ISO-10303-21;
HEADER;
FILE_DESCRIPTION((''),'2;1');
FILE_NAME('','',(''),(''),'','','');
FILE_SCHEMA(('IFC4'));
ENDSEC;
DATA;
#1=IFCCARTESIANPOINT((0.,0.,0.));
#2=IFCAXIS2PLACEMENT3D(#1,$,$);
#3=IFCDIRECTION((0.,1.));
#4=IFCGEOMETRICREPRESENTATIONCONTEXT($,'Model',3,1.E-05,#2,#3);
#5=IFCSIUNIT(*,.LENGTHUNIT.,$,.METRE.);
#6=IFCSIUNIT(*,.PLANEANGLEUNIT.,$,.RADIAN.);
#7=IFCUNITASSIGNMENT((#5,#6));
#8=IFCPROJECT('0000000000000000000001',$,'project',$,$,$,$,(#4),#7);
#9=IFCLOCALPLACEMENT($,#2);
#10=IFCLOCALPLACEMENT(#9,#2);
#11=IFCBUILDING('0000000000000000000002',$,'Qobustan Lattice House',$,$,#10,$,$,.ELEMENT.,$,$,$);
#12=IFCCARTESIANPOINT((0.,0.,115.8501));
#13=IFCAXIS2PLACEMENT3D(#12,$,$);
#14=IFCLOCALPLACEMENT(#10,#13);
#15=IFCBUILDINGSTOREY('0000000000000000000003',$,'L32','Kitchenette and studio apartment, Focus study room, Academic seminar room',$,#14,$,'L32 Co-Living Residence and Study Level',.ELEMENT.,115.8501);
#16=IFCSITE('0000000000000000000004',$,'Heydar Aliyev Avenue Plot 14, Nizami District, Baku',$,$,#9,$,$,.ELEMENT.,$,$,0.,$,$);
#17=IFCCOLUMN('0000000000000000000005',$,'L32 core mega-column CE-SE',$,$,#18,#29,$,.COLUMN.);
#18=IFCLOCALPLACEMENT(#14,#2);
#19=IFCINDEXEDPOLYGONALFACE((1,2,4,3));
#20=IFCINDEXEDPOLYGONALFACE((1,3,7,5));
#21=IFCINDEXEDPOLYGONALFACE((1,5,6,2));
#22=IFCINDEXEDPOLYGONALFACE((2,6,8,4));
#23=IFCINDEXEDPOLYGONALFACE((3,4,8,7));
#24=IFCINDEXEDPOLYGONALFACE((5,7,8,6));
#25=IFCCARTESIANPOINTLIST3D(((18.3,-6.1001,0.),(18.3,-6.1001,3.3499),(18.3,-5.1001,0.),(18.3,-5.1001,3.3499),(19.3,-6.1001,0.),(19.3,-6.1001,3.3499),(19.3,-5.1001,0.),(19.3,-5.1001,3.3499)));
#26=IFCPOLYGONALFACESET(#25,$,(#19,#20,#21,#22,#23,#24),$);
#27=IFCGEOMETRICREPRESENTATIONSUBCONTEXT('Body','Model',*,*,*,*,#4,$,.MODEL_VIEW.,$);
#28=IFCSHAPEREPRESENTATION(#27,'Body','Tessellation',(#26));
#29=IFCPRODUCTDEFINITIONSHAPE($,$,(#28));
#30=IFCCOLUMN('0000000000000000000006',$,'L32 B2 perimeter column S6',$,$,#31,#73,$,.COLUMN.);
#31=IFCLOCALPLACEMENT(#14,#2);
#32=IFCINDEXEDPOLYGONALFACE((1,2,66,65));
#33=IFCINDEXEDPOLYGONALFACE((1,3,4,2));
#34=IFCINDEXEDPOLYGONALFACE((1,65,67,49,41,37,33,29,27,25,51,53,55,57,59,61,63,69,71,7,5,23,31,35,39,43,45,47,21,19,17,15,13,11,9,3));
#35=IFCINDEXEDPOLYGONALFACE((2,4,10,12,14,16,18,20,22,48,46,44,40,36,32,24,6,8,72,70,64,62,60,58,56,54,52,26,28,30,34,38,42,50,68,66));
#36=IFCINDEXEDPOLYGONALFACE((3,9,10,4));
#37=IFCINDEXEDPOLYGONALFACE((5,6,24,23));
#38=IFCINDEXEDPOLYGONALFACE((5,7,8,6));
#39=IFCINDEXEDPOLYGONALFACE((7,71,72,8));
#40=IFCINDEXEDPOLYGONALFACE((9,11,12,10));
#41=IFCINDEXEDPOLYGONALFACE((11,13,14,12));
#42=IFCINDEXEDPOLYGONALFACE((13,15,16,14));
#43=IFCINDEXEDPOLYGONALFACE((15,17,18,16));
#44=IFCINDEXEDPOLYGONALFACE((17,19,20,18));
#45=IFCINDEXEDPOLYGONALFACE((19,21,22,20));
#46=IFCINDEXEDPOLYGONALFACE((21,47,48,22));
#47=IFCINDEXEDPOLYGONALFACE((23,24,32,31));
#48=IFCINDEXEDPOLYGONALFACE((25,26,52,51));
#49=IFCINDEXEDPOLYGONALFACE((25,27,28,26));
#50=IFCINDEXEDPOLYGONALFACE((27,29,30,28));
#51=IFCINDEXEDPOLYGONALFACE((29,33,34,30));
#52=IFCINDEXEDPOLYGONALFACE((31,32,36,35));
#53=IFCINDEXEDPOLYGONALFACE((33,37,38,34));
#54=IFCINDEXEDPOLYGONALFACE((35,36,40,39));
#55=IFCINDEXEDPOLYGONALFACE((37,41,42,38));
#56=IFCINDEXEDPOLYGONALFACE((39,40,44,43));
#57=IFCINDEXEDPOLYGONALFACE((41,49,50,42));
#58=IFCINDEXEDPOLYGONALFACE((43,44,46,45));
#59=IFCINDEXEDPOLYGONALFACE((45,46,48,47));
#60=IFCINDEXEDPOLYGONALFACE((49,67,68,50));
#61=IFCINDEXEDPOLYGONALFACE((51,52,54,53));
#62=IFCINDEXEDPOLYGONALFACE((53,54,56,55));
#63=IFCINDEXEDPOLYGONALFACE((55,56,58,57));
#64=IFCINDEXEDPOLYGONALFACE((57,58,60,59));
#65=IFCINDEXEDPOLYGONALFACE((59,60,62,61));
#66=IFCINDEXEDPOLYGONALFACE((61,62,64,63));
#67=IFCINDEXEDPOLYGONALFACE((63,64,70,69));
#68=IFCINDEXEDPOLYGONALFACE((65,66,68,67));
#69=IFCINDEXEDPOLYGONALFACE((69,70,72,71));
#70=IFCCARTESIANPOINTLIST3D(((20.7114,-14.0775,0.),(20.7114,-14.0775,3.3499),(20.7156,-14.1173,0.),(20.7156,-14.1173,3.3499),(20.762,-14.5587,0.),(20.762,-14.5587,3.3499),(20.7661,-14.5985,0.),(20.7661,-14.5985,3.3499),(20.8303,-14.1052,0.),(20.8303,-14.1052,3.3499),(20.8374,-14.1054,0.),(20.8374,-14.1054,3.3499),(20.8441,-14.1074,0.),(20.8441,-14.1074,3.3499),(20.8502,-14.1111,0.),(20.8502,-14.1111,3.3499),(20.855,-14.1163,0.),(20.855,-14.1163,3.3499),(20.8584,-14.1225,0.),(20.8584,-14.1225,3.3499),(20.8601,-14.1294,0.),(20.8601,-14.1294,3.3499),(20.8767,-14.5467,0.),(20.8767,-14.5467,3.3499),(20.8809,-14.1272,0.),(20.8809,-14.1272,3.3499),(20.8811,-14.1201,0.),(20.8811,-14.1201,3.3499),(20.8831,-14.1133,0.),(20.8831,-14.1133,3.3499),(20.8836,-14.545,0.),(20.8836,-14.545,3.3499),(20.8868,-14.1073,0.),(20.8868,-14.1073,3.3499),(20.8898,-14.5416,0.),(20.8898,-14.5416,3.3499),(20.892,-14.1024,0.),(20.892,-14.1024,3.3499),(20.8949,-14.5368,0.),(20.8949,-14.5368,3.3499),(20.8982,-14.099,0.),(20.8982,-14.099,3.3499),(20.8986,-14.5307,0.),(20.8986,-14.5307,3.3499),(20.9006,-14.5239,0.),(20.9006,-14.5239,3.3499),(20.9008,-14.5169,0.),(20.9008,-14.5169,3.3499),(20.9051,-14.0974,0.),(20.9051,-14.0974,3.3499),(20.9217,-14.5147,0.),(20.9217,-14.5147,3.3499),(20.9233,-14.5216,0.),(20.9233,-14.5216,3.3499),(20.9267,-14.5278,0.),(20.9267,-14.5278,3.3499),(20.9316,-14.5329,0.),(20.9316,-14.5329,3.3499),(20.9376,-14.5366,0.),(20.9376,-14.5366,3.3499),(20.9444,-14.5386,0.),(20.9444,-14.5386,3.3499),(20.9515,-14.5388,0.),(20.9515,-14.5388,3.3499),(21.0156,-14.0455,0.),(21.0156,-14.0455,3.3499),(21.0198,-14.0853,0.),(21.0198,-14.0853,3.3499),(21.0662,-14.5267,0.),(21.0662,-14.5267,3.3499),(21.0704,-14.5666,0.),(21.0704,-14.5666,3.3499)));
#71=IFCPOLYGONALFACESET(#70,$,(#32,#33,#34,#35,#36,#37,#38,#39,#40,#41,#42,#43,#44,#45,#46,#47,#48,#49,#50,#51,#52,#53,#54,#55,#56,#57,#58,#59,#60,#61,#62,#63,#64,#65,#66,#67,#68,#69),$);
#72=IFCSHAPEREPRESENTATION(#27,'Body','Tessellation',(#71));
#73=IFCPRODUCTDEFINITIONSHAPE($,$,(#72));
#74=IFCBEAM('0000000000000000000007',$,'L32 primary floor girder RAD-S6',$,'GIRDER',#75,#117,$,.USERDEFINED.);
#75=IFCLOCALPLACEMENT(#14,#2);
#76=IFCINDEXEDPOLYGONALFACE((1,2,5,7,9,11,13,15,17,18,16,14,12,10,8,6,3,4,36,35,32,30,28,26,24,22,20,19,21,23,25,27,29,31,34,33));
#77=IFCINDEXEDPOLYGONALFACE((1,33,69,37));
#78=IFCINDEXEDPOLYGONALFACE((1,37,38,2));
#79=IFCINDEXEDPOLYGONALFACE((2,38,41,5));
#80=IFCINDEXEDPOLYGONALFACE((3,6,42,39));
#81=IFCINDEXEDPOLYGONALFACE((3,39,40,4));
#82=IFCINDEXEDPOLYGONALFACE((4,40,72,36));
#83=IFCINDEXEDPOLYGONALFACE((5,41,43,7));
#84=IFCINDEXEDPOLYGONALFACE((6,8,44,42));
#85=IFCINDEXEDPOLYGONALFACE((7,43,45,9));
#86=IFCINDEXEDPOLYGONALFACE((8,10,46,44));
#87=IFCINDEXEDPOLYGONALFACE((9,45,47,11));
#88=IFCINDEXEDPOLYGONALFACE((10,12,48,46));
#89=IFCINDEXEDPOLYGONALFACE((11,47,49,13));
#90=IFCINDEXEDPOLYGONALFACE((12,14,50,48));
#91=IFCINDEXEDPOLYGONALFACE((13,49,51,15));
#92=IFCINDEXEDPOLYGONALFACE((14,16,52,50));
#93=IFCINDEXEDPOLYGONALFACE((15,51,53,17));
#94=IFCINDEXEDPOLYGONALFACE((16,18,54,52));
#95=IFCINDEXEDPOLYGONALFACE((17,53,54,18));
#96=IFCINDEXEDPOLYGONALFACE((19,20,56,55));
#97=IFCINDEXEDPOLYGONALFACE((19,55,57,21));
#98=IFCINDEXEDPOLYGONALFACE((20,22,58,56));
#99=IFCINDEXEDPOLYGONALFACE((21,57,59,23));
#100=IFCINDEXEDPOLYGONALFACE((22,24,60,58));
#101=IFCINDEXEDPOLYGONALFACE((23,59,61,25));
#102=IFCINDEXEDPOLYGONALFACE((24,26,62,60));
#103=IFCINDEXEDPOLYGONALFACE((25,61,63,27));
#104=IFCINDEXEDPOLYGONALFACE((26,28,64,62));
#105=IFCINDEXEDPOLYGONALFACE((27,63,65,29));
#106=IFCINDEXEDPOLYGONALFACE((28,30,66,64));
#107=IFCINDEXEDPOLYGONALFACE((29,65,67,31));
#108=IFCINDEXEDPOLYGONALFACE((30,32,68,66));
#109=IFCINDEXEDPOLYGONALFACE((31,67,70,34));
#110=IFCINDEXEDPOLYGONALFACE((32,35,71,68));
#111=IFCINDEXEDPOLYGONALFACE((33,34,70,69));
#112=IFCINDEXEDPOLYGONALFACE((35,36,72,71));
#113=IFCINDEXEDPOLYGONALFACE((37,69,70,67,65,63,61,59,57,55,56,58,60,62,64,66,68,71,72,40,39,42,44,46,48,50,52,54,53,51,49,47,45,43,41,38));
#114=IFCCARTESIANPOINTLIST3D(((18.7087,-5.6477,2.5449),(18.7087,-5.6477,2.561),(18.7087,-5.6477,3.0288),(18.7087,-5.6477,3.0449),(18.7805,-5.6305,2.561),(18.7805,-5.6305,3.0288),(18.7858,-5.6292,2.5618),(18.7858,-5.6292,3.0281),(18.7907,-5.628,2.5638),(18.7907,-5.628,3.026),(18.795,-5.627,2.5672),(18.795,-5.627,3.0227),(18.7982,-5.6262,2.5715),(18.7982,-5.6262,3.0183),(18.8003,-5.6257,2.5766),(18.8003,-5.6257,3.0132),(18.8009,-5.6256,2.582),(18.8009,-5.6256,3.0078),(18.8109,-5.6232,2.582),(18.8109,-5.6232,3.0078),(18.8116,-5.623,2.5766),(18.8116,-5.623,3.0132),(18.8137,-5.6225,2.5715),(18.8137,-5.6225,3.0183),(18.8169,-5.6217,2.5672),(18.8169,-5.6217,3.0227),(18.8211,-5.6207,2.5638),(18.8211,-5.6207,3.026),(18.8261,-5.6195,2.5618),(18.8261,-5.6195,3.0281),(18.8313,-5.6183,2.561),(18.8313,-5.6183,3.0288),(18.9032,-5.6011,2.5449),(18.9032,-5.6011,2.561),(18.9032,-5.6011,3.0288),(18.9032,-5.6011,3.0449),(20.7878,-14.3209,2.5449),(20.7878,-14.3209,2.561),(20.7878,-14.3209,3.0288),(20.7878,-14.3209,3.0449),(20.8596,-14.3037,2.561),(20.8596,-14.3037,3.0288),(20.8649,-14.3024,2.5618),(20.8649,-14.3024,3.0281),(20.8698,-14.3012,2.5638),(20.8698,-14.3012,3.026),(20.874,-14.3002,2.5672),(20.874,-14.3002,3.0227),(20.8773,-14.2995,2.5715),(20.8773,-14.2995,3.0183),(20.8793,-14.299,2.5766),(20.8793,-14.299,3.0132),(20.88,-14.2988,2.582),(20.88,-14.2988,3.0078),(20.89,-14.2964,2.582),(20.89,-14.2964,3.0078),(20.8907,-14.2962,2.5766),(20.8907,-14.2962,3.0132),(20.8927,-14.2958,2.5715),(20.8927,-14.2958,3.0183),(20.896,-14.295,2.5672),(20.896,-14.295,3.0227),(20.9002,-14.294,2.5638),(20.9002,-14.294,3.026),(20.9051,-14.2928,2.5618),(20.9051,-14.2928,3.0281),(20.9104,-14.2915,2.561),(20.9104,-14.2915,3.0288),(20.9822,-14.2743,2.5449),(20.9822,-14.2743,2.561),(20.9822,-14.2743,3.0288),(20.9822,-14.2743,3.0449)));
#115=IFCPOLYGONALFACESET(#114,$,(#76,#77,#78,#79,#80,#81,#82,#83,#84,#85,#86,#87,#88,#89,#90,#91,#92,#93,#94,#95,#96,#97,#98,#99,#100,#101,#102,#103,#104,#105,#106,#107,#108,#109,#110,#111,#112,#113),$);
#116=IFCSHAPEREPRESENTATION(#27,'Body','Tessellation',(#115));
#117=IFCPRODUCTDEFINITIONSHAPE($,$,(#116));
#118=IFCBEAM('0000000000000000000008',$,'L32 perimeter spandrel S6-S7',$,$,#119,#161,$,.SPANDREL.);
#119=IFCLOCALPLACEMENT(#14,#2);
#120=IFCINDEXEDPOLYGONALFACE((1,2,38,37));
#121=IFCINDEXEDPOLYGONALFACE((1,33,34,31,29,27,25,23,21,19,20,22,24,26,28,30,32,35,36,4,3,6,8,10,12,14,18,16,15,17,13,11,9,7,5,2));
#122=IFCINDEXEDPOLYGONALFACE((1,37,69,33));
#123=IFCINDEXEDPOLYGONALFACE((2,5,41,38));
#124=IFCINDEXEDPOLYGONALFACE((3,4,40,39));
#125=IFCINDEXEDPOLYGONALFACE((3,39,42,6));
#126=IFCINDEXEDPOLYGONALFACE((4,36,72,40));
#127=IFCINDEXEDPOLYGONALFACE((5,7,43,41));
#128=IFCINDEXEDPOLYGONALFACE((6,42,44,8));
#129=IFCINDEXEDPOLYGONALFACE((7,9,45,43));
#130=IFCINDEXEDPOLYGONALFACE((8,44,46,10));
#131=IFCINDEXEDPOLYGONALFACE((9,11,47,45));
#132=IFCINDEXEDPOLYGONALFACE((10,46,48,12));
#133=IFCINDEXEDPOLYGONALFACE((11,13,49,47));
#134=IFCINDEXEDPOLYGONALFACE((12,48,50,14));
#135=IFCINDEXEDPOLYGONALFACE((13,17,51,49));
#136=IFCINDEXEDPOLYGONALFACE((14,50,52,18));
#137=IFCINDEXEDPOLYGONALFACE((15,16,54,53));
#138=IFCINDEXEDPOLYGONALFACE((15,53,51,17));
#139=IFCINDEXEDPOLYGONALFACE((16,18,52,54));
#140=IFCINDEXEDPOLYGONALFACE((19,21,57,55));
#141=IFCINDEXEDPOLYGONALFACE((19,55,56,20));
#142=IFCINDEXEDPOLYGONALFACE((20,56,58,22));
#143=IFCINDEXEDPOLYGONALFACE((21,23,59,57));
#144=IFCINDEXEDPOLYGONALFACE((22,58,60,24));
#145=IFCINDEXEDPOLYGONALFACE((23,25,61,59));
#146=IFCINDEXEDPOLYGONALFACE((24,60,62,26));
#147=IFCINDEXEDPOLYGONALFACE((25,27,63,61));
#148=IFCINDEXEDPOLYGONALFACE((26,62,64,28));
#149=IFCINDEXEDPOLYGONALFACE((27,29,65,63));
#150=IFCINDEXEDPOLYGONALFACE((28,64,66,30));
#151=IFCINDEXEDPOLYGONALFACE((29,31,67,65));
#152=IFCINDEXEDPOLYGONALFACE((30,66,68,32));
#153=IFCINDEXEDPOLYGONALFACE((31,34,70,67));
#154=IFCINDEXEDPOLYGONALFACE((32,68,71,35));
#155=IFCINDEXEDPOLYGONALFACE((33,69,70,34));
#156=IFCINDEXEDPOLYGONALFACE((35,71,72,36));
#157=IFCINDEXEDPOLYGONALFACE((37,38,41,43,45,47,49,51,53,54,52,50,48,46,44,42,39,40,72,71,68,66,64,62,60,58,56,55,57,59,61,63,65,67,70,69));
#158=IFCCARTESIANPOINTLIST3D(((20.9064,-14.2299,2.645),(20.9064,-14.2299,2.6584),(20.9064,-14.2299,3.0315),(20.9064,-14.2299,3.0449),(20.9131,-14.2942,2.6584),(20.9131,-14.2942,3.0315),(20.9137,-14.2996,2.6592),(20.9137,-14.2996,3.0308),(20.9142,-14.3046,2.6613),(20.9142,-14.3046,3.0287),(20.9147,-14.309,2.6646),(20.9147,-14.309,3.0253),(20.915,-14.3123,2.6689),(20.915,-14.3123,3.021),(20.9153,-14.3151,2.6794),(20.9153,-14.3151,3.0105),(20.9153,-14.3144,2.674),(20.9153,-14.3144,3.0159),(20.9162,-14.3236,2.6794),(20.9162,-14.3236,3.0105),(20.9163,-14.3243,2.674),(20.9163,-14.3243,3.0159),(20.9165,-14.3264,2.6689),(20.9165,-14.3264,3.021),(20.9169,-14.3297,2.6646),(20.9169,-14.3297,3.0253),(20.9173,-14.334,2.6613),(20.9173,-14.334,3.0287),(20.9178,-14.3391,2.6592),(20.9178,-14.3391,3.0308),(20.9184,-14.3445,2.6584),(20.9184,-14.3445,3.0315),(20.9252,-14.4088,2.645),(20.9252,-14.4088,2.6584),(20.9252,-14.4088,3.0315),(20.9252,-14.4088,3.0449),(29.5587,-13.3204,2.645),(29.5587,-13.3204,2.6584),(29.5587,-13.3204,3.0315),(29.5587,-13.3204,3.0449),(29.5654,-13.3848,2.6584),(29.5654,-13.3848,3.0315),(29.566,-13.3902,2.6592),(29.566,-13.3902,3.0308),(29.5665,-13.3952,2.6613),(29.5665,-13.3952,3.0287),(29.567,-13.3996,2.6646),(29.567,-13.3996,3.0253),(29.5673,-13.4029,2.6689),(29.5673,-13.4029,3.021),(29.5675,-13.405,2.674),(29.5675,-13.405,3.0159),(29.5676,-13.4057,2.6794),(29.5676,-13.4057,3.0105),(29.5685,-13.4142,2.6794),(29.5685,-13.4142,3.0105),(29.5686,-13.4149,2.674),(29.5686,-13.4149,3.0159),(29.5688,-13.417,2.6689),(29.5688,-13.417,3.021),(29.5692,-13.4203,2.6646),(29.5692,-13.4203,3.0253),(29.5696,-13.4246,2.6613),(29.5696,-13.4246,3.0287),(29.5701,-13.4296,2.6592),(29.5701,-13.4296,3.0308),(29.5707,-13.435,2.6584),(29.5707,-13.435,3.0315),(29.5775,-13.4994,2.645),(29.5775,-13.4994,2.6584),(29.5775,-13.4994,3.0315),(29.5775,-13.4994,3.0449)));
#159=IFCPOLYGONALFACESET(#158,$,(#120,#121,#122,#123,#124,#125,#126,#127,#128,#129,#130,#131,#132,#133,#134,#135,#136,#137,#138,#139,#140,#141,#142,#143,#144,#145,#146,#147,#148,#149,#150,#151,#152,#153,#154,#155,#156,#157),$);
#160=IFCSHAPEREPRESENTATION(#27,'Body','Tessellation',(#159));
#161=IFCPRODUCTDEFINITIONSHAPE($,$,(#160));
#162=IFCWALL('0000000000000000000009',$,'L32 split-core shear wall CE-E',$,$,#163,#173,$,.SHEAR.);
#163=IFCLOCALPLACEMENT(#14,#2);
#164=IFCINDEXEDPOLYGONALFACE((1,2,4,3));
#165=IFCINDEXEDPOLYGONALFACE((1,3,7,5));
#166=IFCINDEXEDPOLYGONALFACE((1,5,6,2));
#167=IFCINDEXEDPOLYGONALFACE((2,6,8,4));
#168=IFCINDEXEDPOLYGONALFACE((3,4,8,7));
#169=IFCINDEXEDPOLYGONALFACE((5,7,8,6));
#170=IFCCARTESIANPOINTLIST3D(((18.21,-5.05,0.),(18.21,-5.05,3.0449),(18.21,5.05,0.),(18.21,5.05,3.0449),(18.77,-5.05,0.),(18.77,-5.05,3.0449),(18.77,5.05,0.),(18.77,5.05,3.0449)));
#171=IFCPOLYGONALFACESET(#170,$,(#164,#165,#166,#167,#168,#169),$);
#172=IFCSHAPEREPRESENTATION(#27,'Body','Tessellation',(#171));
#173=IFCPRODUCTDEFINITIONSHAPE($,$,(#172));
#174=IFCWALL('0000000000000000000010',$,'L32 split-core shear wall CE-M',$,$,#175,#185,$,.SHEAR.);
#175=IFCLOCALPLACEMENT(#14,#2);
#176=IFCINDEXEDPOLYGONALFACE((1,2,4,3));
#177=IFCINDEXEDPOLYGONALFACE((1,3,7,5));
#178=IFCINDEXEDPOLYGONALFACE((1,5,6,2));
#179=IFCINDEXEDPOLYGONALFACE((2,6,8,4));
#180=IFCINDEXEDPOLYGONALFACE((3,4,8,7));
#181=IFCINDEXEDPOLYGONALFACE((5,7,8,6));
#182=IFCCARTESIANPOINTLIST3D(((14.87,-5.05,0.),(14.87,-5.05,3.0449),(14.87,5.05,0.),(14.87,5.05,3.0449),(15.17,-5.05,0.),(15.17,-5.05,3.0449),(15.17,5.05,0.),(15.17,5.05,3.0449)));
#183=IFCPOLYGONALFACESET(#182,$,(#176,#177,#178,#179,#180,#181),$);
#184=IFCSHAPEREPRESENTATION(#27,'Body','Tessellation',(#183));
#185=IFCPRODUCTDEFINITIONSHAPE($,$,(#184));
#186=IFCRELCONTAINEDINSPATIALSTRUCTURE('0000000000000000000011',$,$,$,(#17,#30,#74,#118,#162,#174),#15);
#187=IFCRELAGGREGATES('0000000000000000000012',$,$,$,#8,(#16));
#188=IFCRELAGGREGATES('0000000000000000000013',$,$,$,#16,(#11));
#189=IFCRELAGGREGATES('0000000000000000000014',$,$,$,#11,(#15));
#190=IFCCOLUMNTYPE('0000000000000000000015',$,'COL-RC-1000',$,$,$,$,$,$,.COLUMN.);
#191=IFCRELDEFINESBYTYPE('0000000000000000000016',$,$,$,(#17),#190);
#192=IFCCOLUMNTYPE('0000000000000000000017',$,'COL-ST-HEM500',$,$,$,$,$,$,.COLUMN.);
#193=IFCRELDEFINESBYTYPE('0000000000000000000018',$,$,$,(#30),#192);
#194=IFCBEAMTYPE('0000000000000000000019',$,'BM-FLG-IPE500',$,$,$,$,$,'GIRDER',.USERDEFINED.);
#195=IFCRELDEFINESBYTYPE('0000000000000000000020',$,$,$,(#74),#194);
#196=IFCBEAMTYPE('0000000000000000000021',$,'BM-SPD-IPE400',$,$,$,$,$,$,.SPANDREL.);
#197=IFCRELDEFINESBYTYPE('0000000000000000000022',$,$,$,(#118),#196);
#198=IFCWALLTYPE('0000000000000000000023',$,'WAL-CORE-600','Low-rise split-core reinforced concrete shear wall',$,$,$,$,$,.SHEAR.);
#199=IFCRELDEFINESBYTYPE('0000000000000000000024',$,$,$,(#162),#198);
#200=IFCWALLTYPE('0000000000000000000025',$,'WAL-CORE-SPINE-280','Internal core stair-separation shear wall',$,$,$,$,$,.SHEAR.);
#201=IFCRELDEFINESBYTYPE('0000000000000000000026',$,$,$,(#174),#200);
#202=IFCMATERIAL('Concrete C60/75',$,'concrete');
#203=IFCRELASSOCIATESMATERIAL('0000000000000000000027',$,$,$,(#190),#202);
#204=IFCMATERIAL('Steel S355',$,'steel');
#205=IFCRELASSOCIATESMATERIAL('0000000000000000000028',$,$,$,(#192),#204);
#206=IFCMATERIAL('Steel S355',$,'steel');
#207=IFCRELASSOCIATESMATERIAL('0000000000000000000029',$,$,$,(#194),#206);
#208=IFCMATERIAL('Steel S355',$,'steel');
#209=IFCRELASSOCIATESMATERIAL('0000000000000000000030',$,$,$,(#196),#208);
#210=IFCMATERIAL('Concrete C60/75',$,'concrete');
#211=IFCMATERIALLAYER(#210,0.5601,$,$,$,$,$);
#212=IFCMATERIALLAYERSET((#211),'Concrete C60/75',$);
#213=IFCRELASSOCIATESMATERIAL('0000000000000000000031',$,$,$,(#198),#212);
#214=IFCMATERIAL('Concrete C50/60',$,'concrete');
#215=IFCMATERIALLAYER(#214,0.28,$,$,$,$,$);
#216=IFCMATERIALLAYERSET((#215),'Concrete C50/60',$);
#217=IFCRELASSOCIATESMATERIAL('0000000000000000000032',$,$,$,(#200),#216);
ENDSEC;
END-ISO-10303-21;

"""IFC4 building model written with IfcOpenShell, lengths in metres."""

from ifc_helpers import new_model, si_unit, direction, frame, frame_2d, origin, origin_2d, place, context, subcontext, project, spatial, rectangle, i_section, extrude, material, layer, layer_set, material_profile, profile_set, type_object, element, save


model = new_model("IFC4")

# Units and contexts
model_context = context("Model", 3, precision=1e-05, world=origin(), true_north=direction((0.0, 1.0)))
body_context = subcontext(model_context, "Body", "Model", "MODEL_VIEW")
ifc_project = project(units=[si_unit("LENGTHUNIT", "METRE"), si_unit("PLANEANGLEUNIT", "RADIAN")], contexts=[model_context])

# Site, building, storey
site_placement = place(None, origin())
site = spatial("IfcSite", under=ifc_project, at=site_placement, Name="Heydar Aliyev Avenue Plot 14, Nizami District, Baku", CompositionType="ELEMENT", RefElevation=0.0)
building_placement = place(site_placement, origin())
building = spatial("IfcBuilding", under=site, at=building_placement, Name="Qobustan Lattice House", CompositionType="ELEMENT")
storey_placement = place(building_placement, frame((0.0, 0.0, 115.8501)))
storey = spatial("IfcBuildingStorey", under=building, at=storey_placement, Name="L32", Description="Kitchenette and studio apartment, Focus study room, Academic seminar room", LongName="L32 Co-Living Residence and Study Level", CompositionType="ELEMENT", Elevation=115.8501)

# Columns
ifc_material_1 = material(Name="Concrete C60/75", Category="concrete")
ifc_material_profile_1 = material_profile(ifc_material_1, rectangle(XDim=1.0, YDim=1.0, at=origin_2d()), Name="RC1000x1000")
ifc_profile_set_1 = profile_set([ifc_material_profile_1], Name="Concrete C60/75")
column_type_1 = type_object("IfcColumnType", Name="COL-RC-1000", PredefinedType="COLUMN", material=ifc_profile_set_1)
column_1_placement = place(storey_placement, frame((18.8, -5.6001, 0.0), z_axis=(0.0, 0.0, 1.0), x_axis=(1.0, 0.0, 0.0)))
element("IfcColumn", 1, at=column_1_placement, inside=storey, type_object=column_type_1, Name="L32 core mega-column CE-SE", PredefinedType="COLUMN", context=body_context, shape_type="SweptSolid", body=[
    extrude(rectangle(XDim=1.0, YDim=1.0, at=origin_2d()), origin(), (0.0, 0.0, 1.0), 3.3499),
])
ifc_material_2 = material(Name="Steel S355", Category="steel")
ifc_material_profile_2 = material_profile(ifc_material_2, i_section(OverallWidth=0.3059, OverallDepth=0.5239, WebThickness=0.021, FlangeThickness=0.04, FilletRadius=0.0271, at=origin_2d()), Name="HEM500")
ifc_profile_set_2 = profile_set([ifc_material_profile_2], Name="Steel S355")
column_type_2 = type_object("IfcColumnType", Name="COL-ST-HEM500", PredefinedType="COLUMN", material=ifc_profile_set_2)
column_2_placement = place(storey_placement, frame((20.8909, -14.322, 0.0), z_axis=(0.0, 0.0, 1.0), x_axis=(0.994522, 0.104528, 0.0)))
element("IfcColumn", 2, at=column_2_placement, inside=storey, type_object=column_type_2, Name="L32 B2 perimeter column S6", PredefinedType="COLUMN", context=body_context, shape_type="SweptSolid", body=[
    extrude(i_section(OverallWidth=0.3059, OverallDepth=0.5239, WebThickness=0.021, FlangeThickness=0.04, FilletRadius=0.0271, at=origin_2d()), origin(), (0.0, 0.0, 1.0), 3.3499),
])

# Beams
ifc_material_3 = material(Name="Steel S355", Category="steel")
ifc_material_profile_3 = material_profile(ifc_material_3, i_section(OverallWidth=0.2, OverallDepth=0.5, WebThickness=0.0103, FlangeThickness=0.0161, FilletRadius=0.021, at=origin_2d()), Name="IPE500")
ifc_profile_set_3 = profile_set([ifc_material_profile_3], Name="Steel S355")
beam_type_1 = type_object("IfcBeamType", Name="BM-FLG-IPE500", ElementType="GIRDER", PredefinedType="USERDEFINED", material=ifc_profile_set_3)
beam_1_placement = place(storey_placement, frame((20.885, -14.2976, 2.7949), z_axis=(-0.233108, 0.972451, 0.0), x_axis=(-0.972451, -0.233108, 0.0)))
element("IfcBeam", 3, at=beam_1_placement, inside=storey, type_object=beam_type_1, Name="L32 primary floor girder RAD-S6", ObjectType="GIRDER", PredefinedType="USERDEFINED", context=body_context, shape_type="SweptSolid", body=[
    extrude(i_section(OverallWidth=0.2, OverallDepth=0.5, WebThickness=0.0103, FlangeThickness=0.0161, FilletRadius=0.021, at=origin_2d()), origin(), (0.0, 0.0, 1.0), 8.9189),
])
ifc_material_4 = material(Name="Steel S355", Category="steel")
ifc_material_profile_4 = material_profile(ifc_material_4, i_section(OverallWidth=0.1799, OverallDepth=0.3999, WebThickness=0.0085, FlangeThickness=0.0134, FilletRadius=0.021, at=origin_2d()), Name="IPE400")
ifc_profile_set_4 = profile_set([ifc_material_profile_4], Name="Steel S355")
beam_type_2 = type_object("IfcBeamType", Name="BM-SPD-IPE400", PredefinedType="SPANDREL", material=ifc_profile_set_4)
beam_2_placement = place(storey_placement, frame((20.9158, -14.3193, 2.845), z_axis=(0.994522, 0.104531, 0.0), x_axis=(-0.104531, 0.994522, 0.0)))
element("IfcBeam", 4, at=beam_2_placement, inside=storey, type_object=beam_type_2, Name="L32 perimeter spandrel S6-S7", PredefinedType="SPANDREL", context=body_context, shape_type="SweptSolid", body=[
    extrude(i_section(OverallWidth=0.1799, OverallDepth=0.3999, WebThickness=0.0085, FlangeThickness=0.0134, FilletRadius=0.021, at=origin_2d()), origin(), (0.0, 0.0, 1.0), 8.7),
])

# Walls
ifc_material_5 = material(Name="Concrete C60/75", Category="concrete")
ifc_layer_1 = layer(ifc_material_5, 0.5601)
ifc_layer_set_1 = layer_set([ifc_layer_1], Name="Concrete C60/75")
wall_type_1 = type_object("IfcWallType", Name="WAL-CORE-600", Description="Low-rise split-core reinforced concrete shear wall", PredefinedType="SHEAR", material=ifc_layer_set_1)
wall_1_placement = place(storey_placement, frame((18.49, -5.05, 0.0), z_axis=(0.0, 0.0, 1.0), x_axis=(0.0, 1.0, 0.0)))
element("IfcWall", 5, at=wall_1_placement, inside=storey, type_object=wall_type_1, Name="L32 split-core shear wall CE-E", PredefinedType="SHEAR", context=body_context, shape_type="SweptSolid", body=[
    extrude(rectangle(XDim=10.1001, YDim=0.5601, at=frame_2d((5.05, 0.0))), origin(), (0.0, 0.0, 1.0), 3.0449),
])
ifc_material_6 = material(Name="Concrete C50/60", Category="concrete")
ifc_layer_2 = layer(ifc_material_6, 0.28)
ifc_layer_set_2 = layer_set([ifc_layer_2], Name="Concrete C50/60")
wall_type_2 = type_object("IfcWallType", Name="WAL-CORE-SPINE-280", Description="Internal core stair-separation shear wall", PredefinedType="SHEAR", material=ifc_layer_set_2)
wall_2_placement = place(storey_placement, frame((15.02, -5.05, 0.0), z_axis=(0.0, 0.0, 1.0), x_axis=(0.0, 1.0, 0.0)))
element("IfcWall", 6, at=wall_2_placement, inside=storey, type_object=wall_type_2, Name="L32 split-core shear wall CE-M", PredefinedType="SHEAR", context=body_context, shape_type="SweptSolid", body=[
    extrude(rectangle(XDim=10.1001, YDim=0.3, at=frame_2d((5.05, 0.0))), origin(), (0.0, 0.0, 1.0), 3.0449),
])

save(model, "model.ifc")
